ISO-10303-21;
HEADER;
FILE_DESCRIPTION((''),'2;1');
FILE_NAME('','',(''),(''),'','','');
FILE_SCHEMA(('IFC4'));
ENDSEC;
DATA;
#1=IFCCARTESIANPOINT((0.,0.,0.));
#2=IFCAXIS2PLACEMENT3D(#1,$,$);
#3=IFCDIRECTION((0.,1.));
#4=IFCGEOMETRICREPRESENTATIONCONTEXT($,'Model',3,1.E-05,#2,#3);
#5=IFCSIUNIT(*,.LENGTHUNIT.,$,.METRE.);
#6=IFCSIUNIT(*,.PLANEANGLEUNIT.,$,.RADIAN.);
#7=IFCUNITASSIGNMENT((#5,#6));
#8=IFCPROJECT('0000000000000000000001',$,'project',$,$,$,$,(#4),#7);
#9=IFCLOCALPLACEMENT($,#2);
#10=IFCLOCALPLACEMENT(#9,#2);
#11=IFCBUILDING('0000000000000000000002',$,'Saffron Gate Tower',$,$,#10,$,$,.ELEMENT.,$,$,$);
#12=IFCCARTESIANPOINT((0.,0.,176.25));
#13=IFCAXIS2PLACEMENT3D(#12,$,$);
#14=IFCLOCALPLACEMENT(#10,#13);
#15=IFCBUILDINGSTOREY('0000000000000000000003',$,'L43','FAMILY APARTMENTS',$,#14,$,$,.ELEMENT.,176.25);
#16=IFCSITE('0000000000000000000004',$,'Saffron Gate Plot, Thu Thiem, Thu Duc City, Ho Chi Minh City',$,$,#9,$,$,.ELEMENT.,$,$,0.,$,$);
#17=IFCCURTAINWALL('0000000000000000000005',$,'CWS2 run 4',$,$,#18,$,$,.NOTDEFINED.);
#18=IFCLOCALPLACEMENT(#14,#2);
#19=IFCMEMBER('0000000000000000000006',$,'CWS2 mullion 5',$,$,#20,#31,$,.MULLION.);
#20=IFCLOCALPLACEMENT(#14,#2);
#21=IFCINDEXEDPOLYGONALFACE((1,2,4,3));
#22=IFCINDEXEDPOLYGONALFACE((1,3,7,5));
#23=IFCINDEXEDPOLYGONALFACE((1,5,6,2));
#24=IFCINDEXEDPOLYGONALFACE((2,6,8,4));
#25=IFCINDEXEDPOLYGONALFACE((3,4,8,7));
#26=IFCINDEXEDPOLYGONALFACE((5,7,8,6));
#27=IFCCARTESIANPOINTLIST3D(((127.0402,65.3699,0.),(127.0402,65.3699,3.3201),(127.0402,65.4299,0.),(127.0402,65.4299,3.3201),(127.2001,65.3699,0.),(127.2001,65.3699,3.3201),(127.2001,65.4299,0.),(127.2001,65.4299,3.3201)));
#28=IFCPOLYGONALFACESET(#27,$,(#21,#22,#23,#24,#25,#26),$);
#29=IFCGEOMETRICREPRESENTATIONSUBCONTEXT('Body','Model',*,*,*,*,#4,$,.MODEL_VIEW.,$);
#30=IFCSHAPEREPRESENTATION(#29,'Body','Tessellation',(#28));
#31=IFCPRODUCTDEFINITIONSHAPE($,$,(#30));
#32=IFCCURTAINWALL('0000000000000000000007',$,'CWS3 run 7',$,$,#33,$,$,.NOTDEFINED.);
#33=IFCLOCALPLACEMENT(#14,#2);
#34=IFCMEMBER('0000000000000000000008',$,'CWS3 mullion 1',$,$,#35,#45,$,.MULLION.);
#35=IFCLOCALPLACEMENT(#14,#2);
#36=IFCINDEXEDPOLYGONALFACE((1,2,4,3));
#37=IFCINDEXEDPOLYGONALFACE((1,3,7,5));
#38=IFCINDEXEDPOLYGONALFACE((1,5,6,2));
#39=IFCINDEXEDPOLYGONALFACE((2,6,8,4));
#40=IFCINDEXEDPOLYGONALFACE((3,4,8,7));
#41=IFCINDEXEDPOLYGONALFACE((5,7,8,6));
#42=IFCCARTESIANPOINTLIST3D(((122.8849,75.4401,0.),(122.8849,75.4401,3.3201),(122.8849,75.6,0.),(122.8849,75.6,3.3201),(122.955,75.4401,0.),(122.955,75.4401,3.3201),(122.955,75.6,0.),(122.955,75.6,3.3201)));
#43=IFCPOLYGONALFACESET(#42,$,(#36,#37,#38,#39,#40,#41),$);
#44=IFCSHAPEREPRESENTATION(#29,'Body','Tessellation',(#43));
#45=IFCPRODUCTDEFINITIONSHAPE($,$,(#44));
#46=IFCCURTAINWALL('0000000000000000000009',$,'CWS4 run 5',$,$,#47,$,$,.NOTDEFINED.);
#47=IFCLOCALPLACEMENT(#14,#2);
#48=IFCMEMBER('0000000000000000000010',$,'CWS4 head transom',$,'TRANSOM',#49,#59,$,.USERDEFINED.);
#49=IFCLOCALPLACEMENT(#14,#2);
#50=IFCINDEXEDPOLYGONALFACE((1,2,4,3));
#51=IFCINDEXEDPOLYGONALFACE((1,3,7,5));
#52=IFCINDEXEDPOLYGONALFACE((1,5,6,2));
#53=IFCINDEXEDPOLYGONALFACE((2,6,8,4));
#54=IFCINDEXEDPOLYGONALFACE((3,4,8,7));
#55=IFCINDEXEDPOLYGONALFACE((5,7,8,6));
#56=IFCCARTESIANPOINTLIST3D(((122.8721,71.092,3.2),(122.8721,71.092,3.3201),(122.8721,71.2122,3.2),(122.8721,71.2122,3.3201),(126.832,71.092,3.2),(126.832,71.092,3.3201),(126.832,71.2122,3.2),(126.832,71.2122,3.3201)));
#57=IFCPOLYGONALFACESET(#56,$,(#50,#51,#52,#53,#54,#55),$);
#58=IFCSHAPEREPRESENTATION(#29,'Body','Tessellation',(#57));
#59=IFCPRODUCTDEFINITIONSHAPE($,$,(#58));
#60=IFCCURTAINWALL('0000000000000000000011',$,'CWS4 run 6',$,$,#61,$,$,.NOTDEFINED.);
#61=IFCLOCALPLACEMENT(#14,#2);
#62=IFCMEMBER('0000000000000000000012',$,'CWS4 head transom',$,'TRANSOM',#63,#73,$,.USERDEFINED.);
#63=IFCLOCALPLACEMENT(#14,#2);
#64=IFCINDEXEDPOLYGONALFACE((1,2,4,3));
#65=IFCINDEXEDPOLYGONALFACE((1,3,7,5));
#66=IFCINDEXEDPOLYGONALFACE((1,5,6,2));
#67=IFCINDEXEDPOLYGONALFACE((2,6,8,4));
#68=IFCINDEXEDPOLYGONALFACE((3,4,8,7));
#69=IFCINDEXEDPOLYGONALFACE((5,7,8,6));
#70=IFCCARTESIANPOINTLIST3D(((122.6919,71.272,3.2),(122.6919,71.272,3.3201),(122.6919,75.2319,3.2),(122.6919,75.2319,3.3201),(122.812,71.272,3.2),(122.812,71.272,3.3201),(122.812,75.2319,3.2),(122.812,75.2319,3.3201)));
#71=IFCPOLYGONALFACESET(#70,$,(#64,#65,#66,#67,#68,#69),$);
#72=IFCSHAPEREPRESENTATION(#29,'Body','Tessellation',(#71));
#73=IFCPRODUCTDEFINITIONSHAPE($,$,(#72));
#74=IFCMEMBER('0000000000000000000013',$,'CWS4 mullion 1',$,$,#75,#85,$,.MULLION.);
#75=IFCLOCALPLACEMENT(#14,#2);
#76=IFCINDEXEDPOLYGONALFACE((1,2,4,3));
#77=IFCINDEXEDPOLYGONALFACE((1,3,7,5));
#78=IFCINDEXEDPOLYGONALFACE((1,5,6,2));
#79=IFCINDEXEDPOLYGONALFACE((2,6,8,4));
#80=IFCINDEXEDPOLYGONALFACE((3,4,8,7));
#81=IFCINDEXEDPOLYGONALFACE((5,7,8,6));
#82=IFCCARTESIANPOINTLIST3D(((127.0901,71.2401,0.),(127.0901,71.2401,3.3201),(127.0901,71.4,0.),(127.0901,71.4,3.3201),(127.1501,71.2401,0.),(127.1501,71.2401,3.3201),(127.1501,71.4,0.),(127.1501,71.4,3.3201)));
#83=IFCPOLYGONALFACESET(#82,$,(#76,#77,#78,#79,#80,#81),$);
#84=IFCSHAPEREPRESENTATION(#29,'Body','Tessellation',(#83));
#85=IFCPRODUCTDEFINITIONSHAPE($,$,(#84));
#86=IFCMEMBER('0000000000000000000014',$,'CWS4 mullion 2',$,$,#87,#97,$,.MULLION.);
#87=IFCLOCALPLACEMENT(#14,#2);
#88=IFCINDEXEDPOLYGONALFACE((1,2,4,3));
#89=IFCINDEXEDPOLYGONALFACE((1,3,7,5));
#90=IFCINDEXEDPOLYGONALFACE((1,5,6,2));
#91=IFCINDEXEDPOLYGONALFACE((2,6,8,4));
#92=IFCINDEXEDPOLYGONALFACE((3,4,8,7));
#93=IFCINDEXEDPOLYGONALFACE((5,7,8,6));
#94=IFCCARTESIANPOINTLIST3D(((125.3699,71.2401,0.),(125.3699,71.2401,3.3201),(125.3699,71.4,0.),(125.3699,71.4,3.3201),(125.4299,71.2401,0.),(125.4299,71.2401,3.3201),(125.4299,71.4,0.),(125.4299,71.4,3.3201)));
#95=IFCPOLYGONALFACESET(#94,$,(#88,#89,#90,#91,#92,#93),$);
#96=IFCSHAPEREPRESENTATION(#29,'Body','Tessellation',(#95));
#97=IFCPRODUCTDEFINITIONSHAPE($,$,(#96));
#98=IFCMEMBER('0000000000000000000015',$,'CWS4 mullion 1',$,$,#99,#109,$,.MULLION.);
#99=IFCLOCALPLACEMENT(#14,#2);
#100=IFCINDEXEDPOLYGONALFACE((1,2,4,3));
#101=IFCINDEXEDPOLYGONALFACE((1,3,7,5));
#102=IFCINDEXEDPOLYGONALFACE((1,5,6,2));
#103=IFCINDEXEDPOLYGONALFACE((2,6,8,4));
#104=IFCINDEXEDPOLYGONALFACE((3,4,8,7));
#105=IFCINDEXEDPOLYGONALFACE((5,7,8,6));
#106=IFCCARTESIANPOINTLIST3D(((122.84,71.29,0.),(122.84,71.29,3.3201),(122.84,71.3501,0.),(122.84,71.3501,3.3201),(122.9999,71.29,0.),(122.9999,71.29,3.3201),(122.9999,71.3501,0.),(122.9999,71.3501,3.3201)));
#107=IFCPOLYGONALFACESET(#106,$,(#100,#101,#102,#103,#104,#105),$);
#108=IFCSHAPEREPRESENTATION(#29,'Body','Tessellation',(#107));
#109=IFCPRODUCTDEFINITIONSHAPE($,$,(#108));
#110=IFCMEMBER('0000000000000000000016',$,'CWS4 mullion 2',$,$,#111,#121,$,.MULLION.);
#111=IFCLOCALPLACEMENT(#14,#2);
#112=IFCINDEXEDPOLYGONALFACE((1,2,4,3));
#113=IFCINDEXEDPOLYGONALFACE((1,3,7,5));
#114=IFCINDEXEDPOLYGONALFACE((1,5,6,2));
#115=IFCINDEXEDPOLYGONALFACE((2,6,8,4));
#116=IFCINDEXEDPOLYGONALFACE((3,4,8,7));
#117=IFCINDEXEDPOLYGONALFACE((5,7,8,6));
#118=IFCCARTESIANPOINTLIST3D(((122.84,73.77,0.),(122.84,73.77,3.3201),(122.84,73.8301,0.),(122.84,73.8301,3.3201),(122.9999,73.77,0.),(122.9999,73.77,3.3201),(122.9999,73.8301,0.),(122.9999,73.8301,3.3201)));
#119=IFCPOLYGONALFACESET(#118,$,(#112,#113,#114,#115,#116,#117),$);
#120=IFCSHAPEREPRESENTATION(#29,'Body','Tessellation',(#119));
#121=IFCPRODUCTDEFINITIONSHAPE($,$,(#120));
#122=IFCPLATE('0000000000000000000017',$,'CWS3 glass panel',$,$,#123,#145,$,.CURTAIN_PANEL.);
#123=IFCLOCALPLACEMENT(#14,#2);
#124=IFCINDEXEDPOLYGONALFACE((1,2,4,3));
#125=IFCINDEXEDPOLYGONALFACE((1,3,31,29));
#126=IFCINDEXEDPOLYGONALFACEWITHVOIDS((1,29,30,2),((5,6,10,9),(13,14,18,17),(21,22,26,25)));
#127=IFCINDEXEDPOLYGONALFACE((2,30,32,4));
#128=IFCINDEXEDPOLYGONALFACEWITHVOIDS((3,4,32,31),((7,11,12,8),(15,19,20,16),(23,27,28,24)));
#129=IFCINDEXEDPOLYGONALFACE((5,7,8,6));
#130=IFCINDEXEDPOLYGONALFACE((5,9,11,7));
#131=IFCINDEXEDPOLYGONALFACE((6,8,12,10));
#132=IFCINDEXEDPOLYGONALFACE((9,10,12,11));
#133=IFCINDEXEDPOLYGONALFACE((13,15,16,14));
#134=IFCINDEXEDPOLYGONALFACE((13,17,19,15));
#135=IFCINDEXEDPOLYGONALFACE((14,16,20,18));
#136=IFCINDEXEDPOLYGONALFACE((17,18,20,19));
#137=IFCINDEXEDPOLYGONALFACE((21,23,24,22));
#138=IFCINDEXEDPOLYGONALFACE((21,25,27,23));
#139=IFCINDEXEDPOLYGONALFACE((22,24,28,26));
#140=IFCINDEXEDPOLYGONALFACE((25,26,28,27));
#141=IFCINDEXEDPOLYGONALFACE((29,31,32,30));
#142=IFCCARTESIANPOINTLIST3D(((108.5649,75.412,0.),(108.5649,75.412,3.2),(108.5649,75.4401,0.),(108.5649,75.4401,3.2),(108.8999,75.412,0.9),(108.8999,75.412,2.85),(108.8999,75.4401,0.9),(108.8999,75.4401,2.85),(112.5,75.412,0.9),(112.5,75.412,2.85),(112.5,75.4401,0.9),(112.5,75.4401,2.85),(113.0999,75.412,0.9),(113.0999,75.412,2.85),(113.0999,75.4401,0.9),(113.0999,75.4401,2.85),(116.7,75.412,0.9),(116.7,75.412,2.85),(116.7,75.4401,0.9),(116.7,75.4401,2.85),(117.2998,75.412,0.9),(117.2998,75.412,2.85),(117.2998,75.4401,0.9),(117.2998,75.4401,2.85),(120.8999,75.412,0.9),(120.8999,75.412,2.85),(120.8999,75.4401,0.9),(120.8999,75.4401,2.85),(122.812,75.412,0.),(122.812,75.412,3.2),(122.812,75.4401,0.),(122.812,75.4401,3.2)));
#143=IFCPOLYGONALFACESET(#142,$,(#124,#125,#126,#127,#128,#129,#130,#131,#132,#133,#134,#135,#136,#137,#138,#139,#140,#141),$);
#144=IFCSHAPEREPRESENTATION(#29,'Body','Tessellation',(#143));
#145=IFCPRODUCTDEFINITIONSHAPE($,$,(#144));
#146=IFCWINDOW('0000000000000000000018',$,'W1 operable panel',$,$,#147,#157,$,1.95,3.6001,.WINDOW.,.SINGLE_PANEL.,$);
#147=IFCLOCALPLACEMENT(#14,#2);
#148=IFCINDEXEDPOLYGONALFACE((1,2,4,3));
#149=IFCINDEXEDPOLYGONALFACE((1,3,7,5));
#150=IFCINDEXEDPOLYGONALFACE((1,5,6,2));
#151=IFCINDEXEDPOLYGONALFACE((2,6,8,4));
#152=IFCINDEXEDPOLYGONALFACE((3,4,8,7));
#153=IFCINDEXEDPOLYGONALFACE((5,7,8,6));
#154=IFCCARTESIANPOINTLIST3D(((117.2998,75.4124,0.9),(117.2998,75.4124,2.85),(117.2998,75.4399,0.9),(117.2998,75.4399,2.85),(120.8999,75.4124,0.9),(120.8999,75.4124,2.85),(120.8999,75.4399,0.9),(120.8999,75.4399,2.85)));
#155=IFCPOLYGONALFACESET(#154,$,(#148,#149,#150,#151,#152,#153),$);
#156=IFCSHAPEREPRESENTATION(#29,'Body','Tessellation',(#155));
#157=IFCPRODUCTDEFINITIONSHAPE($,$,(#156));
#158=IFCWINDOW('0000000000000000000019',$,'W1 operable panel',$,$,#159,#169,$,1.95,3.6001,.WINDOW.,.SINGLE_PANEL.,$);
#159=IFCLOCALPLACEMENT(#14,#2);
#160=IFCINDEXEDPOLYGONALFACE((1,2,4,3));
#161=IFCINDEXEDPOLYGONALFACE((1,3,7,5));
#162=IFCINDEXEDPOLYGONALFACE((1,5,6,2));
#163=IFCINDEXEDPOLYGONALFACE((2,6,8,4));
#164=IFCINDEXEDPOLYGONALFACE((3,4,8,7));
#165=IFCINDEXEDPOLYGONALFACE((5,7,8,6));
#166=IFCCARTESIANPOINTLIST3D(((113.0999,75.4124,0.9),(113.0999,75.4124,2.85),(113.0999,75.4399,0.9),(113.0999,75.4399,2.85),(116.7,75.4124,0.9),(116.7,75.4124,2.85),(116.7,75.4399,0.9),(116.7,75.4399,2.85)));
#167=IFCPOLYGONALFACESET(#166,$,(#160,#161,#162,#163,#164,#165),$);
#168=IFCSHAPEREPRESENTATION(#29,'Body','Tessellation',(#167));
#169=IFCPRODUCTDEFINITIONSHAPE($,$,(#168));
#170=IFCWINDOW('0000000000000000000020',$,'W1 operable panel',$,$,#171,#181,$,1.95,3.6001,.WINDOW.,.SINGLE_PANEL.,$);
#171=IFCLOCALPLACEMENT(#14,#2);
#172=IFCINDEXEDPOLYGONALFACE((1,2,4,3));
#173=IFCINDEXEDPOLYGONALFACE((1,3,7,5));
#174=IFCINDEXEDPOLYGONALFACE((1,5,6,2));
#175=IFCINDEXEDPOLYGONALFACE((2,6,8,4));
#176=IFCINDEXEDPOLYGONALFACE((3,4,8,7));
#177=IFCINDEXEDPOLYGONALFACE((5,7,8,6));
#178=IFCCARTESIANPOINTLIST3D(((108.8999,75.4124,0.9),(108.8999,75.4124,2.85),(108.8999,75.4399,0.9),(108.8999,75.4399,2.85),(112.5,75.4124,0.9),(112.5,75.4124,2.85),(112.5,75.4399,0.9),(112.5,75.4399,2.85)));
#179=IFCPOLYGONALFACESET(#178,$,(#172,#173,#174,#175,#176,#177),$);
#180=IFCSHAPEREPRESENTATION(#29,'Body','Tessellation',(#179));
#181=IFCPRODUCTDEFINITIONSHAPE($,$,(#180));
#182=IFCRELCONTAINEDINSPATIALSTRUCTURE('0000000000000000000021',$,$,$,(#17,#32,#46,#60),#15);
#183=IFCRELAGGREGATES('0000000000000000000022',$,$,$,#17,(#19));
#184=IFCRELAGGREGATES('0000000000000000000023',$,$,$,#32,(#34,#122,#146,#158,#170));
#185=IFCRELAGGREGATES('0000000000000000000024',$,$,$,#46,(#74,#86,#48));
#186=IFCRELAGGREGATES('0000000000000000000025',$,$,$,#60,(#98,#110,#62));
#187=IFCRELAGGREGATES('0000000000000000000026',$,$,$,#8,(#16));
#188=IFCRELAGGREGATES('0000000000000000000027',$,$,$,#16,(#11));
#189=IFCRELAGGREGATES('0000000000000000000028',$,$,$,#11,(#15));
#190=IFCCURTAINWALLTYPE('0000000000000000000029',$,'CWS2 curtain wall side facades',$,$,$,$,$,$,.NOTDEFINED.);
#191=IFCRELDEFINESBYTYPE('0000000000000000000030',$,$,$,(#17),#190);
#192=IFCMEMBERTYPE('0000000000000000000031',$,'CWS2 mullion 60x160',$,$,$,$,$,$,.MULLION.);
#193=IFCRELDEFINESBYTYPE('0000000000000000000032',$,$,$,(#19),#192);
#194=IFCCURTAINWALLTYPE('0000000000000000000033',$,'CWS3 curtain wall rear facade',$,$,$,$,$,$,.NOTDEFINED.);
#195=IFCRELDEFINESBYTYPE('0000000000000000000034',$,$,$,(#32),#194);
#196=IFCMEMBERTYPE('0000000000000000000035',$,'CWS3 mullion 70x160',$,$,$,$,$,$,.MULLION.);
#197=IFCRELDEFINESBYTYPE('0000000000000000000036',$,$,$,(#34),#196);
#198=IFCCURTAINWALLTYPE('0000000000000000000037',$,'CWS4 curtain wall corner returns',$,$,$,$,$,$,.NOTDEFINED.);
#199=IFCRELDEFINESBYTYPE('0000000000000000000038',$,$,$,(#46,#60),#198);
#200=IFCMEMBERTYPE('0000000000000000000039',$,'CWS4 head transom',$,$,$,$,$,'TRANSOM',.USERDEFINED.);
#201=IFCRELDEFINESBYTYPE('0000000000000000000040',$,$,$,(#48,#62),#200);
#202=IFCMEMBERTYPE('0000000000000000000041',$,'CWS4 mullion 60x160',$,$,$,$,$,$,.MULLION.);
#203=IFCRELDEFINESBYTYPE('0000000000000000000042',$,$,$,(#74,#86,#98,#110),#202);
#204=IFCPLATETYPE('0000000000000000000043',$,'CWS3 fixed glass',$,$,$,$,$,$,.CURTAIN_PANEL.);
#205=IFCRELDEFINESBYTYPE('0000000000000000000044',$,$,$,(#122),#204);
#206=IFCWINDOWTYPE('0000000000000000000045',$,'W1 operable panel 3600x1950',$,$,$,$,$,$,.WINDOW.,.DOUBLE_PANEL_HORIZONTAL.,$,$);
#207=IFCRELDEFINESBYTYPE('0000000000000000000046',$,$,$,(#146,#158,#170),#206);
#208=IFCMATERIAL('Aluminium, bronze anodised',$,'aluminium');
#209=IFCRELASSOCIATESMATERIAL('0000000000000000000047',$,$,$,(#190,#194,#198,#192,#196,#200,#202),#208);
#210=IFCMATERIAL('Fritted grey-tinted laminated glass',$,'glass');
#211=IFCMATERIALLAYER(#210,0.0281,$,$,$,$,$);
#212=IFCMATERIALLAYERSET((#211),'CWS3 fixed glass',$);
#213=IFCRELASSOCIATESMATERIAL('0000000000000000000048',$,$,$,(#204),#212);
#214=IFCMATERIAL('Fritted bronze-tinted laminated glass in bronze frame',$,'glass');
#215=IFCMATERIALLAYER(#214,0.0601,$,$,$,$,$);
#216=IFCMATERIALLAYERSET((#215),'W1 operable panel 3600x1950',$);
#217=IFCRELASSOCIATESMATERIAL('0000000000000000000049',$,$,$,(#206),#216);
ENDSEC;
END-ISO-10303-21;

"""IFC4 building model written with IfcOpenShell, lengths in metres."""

from ifc_helpers import new_model, si_unit, direction, frame, frame_2d, origin, origin_2d, place, context, subcontext, project, spatial, rectangle, extrude, material, layer, layer_set, material_profile, profile_set, type_object, element, fill, aggregate, save


model = new_model("IFC4")

# Units and contexts
model_context = context("Model", 3, precision=1e-05, world=origin(), true_north=direction((0.0, 1.0)))
body_context = subcontext(model_context, "Body", "Model", "MODEL_VIEW")
ifc_project = project(units=[si_unit("LENGTHUNIT", "METRE"), si_unit("PLANEANGLEUNIT", "RADIAN")], contexts=[model_context])

# Site, building, storey
site_placement = place(None, origin())
site = spatial("IfcSite", under=ifc_project, at=site_placement, Name="Saffron Gate Plot, Thu Thiem, Thu Duc City, Ho Chi Minh City", CompositionType="ELEMENT", RefElevation=0.0)
building_placement = place(site_placement, origin())
building = spatial("IfcBuilding", under=site, at=building_placement, Name="Saffron Gate Tower", CompositionType="ELEMENT")
storey_placement = place(building_placement, frame((0.0, 0.0, 176.25)))
storey = spatial("IfcBuildingStorey", under=building, at=storey_placement, Name="L43", Description="FAMILY APARTMENTS", CompositionType="ELEMENT", Elevation=176.25)

# Curtain walls, members
ifc_material_1 = material(Name="Aluminium, bronze anodised", Category="aluminium")
curtain_wall_type_1 = type_object("IfcCurtainWallType", Name="CWS2 curtain wall side facades", PredefinedType="NOTDEFINED", material=ifc_material_1)
curtain_wall_1_placement = place(storey_placement, origin())
curtain_wall_1 = element("IfcCurtainWall", 1, at=curtain_wall_1_placement, inside=storey, type_object=curtain_wall_type_1, Name="CWS2 run 4", PredefinedType="NOTDEFINED")
ifc_material_profile_1 = material_profile(ifc_material_1, rectangle(XDim=0.1599, YDim=0.0601, at=origin_2d()))
ifc_profile_set_1 = profile_set([ifc_material_profile_1], Name="Aluminium, bronze anodised")
member_type_1 = type_object("IfcMemberType", Name="CWS2 mullion 60x160", PredefinedType="MULLION", material=ifc_profile_set_1)
member_1_placement = place(storey_placement, frame((127.1201, 65.3999, 0.0), z_axis=(0.0, 0.0, 1.0), x_axis=(-1.0, 0.0, 0.0)))
member_1 = element("IfcMember", 2, at=member_1_placement, type_object=member_type_1, Name="CWS2 mullion 5", PredefinedType="MULLION", context=body_context, shape_type="SweptSolid", body=[
    extrude(rectangle(XDim=0.1599, YDim=0.0601, at=origin_2d()), origin(), (0.0, 0.0, 1.0), 3.3201),
])
aggregate(curtain_wall_1, [member_1])
curtain_wall_type_2 = type_object("IfcCurtainWallType", Name="CWS3 curtain wall rear facade", PredefinedType="NOTDEFINED", material=ifc_material_1)
curtain_wall_2_placement = place(storey_placement, origin())
curtain_wall_2 = element("IfcCurtainWall", 3, at=curtain_wall_2_placement, inside=storey, type_object=curtain_wall_type_2, Name="CWS3 run 7", PredefinedType="NOTDEFINED")
ifc_material_profile_2 = material_profile(ifc_material_1, rectangle(XDim=0.1599, YDim=0.0701, at=origin_2d()))
ifc_profile_set_2 = profile_set([ifc_material_profile_2], Name="Aluminium, bronze anodised")
member_type_2 = type_object("IfcMemberType", Name="CWS3 mullion 70x160", PredefinedType="MULLION", material=ifc_profile_set_2)
member_2_placement = place(storey_placement, frame((122.9199, 75.52, 0.0), z_axis=(0.0, 0.0, 1.0), x_axis=(0.0, -1.0, 0.0)))
member_2 = element("IfcMember", 4, at=member_2_placement, type_object=member_type_2, Name="CWS3 mullion 1", PredefinedType="MULLION", context=body_context, shape_type="SweptSolid", body=[
    extrude(rectangle(XDim=0.1599, YDim=0.0701, at=origin_2d()), origin(), (0.0, 0.0, 1.0), 3.3201),
])
curtain_wall_type_3 = type_object("IfcCurtainWallType", Name="CWS4 curtain wall corner returns", PredefinedType="NOTDEFINED", material=ifc_material_1)
curtain_wall_3_placement = place(storey_placement, origin())
curtain_wall_3 = element("IfcCurtainWall", 5, at=curtain_wall_3_placement, inside=storey, type_object=curtain_wall_type_3, Name="CWS4 run 5", PredefinedType="NOTDEFINED")
ifc_material_profile_3 = material_profile(ifc_material_1, rectangle(XDim=0.1201, YDim=0.1201, at=origin_2d()))
ifc_profile_set_3 = profile_set([ifc_material_profile_3], Name="Aluminium, bronze anodised")
member_type_3 = type_object("IfcMemberType", Name="CWS4 head transom", ElementType="TRANSOM", PredefinedType="USERDEFINED", material=ifc_profile_set_3)
member_3_placement = place(storey_placement, frame((126.832, 71.1521, 3.26), z_axis=(-1.0, 0.0, 0.0), x_axis=(0.0, -1.0, 0.0)))
member_3 = element("IfcMember", 6, at=member_3_placement, type_object=member_type_3, Name="CWS4 head transom", ObjectType="TRANSOM", PredefinedType="USERDEFINED", context=body_context, shape_type="SweptSolid", body=[
    extrude(rectangle(XDim=0.1201, YDim=0.1201, at=origin_2d()), origin(), (0.0, 0.0, 1.0), 3.96),
])
curtain_wall_4_placement = place(storey_placement, origin())
curtain_wall_4 = element("IfcCurtainWall", 7, at=curtain_wall_4_placement, inside=storey, type_object=curtain_wall_type_3, Name="CWS4 run 6", PredefinedType="NOTDEFINED")
member_4_placement = place(storey_placement, frame((122.752, 71.272, 3.26), z_axis=(0.0, 1.0, 0.0), x_axis=(-1.0, 0.0, 0.0)))
member_4 = element("IfcMember", 8, at=member_4_placement, type_object=member_type_3, Name="CWS4 head transom", ObjectType="TRANSOM", PredefinedType="USERDEFINED", context=body_context, shape_type="SweptSolid", body=[
    extrude(rectangle(XDim=0.1201, YDim=0.1201, at=origin_2d()), origin(), (0.0, 0.0, 1.0), 3.96),
])

# Members
ifc_material_profile_4 = material_profile(ifc_material_1, rectangle(XDim=0.1599, YDim=0.0601, at=origin_2d()))
ifc_profile_set_4 = profile_set([ifc_material_profile_4], Name="Aluminium, bronze anodised")
member_type_4 = type_object("IfcMemberType", Name="CWS4 mullion 60x160", PredefinedType="MULLION", material=ifc_profile_set_4)
member_5_placement = place(storey_placement, frame((127.1201, 71.3201, 0.0), z_axis=(0.0, 0.0, 1.0), x_axis=(0.0, -1.0, 0.0)))
member_5 = element("IfcMember", 9, at=member_5_placement, type_object=member_type_4, Name="CWS4 mullion 1", PredefinedType="MULLION", context=body_context, shape_type="SweptSolid", body=[
    extrude(rectangle(XDim=0.1599, YDim=0.0601, at=origin_2d()), origin(), (0.0, 0.0, 1.0), 3.3201),
])
member_6_placement = place(storey_placement, frame((125.3999, 71.3201, 0.0), z_axis=(0.0, 0.0, 1.0), x_axis=(0.0, -1.0, 0.0)))
member_6 = element("IfcMember", 10, at=member_6_placement, type_object=member_type_4, Name="CWS4 mullion 2", PredefinedType="MULLION", context=body_context, shape_type="SweptSolid", body=[
    extrude(rectangle(XDim=0.1599, YDim=0.0601, at=origin_2d()), origin(), (0.0, 0.0, 1.0), 3.3201),
])
member_7_placement = place(storey_placement, frame((122.9199, 71.3201, 0.0), z_axis=(0.0, 0.0, 1.0), x_axis=(-1.0, 0.0, 0.0)))
member_7 = element("IfcMember", 11, at=member_7_placement, type_object=member_type_4, Name="CWS4 mullion 1", PredefinedType="MULLION", context=body_context, shape_type="SweptSolid", body=[
    extrude(rectangle(XDim=0.1599, YDim=0.0601, at=origin_2d()), origin(), (0.0, 0.0, 1.0), 3.3201),
])
member_8_placement = place(storey_placement, frame((122.9199, 73.8, 0.0), z_axis=(0.0, 0.0, 1.0), x_axis=(-1.0, 0.0, 0.0)))
member_8 = element("IfcMember", 12, at=member_8_placement, type_object=member_type_4, Name="CWS4 mullion 2", PredefinedType="MULLION", context=body_context, shape_type="SweptSolid", body=[
    extrude(rectangle(XDim=0.1599, YDim=0.0601, at=origin_2d()), origin(), (0.0, 0.0, 1.0), 3.3201),
])

# Plate, openings, windows
ifc_material_2 = material(Name="Fritted grey-tinted laminated glass", Category="glass")
ifc_layer_1 = layer(ifc_material_2, 0.0281)
ifc_layer_set_1 = layer_set([ifc_layer_1], Name="CWS3 fixed glass")
plate_type_1 = type_object("IfcPlateType", Name="CWS3 fixed glass", PredefinedType="CURTAIN_PANEL", material=ifc_layer_set_1)
plate_1_placement = place(storey_placement, frame((122.812, 75.426, 0.0), z_axis=(0.0, 0.0, 1.0), x_axis=(-1.0, 0.0, 0.0)))
plate_1 = element("IfcPlate", 13, at=plate_1_placement, type_object=plate_type_1, Name="CWS3 glass panel", PredefinedType="CURTAIN_PANEL", context=body_context, shape_type="SweptSolid", body=[
    extrude(rectangle(XDim=14.2471, YDim=0.0281, at=frame_2d((7.1235, 0.0))), origin(), (0.0, 0.0, 1.0), 3.2),
])
opening_1_placement = place(plate_1_placement, frame((1.9121, 0.0, 0.8999)))
opening_1 = element("IfcOpeningElement", 14, at=opening_1_placement, cuts=plate_1, PredefinedType="OPENING", context=body_context, shape_type="SweptSolid", body=[
    extrude(rectangle(XDim=3.6001, YDim=1.95, at=frame_2d((1.8, 0.9751))), frame((0.0, 0.0239, 0.0), z_axis=(0.0, -1.0, 0.0), x_axis=(1.0, 0.0, 0.0)), (0.0, 0.0, 1.0), 0.0481),
])
opening_2_placement = place(plate_1_placement, frame((6.1121, 0.0, 0.8999)))
opening_2 = element("IfcOpeningElement", 15, at=opening_2_placement, cuts=plate_1, PredefinedType="OPENING", context=body_context, shape_type="SweptSolid", body=[
    extrude(rectangle(XDim=3.6001, YDim=1.95, at=frame_2d((1.8, 0.9751))), frame((0.0, 0.0239, 0.0), z_axis=(0.0, -1.0, 0.0), x_axis=(1.0, 0.0, 0.0)), (0.0, 0.0, 1.0), 0.0481),
])
opening_3_placement = place(plate_1_placement, frame((10.312, 0.0, 0.8999)))
opening_3 = element("IfcOpeningElement", 16, at=opening_3_placement, cuts=plate_1, PredefinedType="OPENING", context=body_context, shape_type="SweptSolid", body=[
    extrude(rectangle(XDim=3.6001, YDim=1.95, at=frame_2d((1.8, 0.9751))), frame((0.0, 0.0239, 0.0), z_axis=(0.0, -1.0, 0.0), x_axis=(1.0, 0.0, 0.0)), (0.0, 0.0, 1.0), 0.0481),
])
ifc_material_3 = material(Name="Fritted bronze-tinted laminated glass in bronze frame", Category="glass")
ifc_layer_2 = layer(ifc_material_3, 0.0601)
ifc_layer_set_2 = layer_set([ifc_layer_2], Name="W1 operable panel 3600x1950")
window_type = type_object("IfcWindowType", Name="W1 operable panel 3600x1950", PartitioningType="DOUBLE_PANEL_HORIZONTAL", PredefinedType="WINDOW", material=ifc_layer_set_2)
window_1_placement = place(opening_1_placement, origin())
window_1 = element("IfcWindow", 17, at=window_1_placement, type_object=window_type, Name="W1 operable panel", OverallHeight=1.95, OverallWidth=3.6001, PartitioningType="SINGLE_PANEL", PredefinedType="WINDOW", context=body_context, shape_type="SweptSolid", body=[
    extrude(rectangle(XDim=3.6001, YDim=1.95, at=frame_2d((1.8, 0.9751))), frame((0.0, 0.0137, 0.0), z_axis=(0.0, -1.0, 0.0), x_axis=(1.0, 0.0, 0.0)), (0.0, 0.0, 1.0), 0.0276),
])
fill(opening_1, window_1)
window_2_placement = place(opening_2_placement, origin())
window_2 = element("IfcWindow", 18, at=window_2_placement, type_object=window_type, Name="W1 operable panel", OverallHeight=1.95, OverallWidth=3.6001, PartitioningType="SINGLE_PANEL", PredefinedType="WINDOW", context=body_context, shape_type="SweptSolid", body=[
    extrude(rectangle(XDim=3.6001, YDim=1.95, at=frame_2d((1.8, 0.9751))), frame((0.0, 0.0137, 0.0), z_axis=(0.0, -1.0, 0.0), x_axis=(1.0, 0.0, 0.0)), (0.0, 0.0, 1.0), 0.0276),
])
fill(opening_2, window_2)
window_3_placement = place(opening_3_placement, origin())
window_3 = element("IfcWindow", 19, at=window_3_placement, type_object=window_type, Name="W1 operable panel", OverallHeight=1.95, OverallWidth=3.6001, PartitioningType="SINGLE_PANEL", PredefinedType="WINDOW", context=body_context, shape_type="SweptSolid", body=[
    extrude(rectangle(XDim=3.6001, YDim=1.95, at=frame_2d((1.8, 0.9751))), frame((0.0, 0.0137, 0.0), z_axis=(0.0, -1.0, 0.0), x_axis=(1.0, 0.0, 0.0)), (0.0, 0.0, 1.0), 0.0276),
])
fill(opening_3, window_3)
aggregate(curtain_wall_2, [member_2, plate_1, window_1, window_2, window_3])

aggregate(curtain_wall_3, [member_5, member_6, member_3])
aggregate(curtain_wall_4, [member_7, member_8, member_4])

save(model, "model.ifc")
